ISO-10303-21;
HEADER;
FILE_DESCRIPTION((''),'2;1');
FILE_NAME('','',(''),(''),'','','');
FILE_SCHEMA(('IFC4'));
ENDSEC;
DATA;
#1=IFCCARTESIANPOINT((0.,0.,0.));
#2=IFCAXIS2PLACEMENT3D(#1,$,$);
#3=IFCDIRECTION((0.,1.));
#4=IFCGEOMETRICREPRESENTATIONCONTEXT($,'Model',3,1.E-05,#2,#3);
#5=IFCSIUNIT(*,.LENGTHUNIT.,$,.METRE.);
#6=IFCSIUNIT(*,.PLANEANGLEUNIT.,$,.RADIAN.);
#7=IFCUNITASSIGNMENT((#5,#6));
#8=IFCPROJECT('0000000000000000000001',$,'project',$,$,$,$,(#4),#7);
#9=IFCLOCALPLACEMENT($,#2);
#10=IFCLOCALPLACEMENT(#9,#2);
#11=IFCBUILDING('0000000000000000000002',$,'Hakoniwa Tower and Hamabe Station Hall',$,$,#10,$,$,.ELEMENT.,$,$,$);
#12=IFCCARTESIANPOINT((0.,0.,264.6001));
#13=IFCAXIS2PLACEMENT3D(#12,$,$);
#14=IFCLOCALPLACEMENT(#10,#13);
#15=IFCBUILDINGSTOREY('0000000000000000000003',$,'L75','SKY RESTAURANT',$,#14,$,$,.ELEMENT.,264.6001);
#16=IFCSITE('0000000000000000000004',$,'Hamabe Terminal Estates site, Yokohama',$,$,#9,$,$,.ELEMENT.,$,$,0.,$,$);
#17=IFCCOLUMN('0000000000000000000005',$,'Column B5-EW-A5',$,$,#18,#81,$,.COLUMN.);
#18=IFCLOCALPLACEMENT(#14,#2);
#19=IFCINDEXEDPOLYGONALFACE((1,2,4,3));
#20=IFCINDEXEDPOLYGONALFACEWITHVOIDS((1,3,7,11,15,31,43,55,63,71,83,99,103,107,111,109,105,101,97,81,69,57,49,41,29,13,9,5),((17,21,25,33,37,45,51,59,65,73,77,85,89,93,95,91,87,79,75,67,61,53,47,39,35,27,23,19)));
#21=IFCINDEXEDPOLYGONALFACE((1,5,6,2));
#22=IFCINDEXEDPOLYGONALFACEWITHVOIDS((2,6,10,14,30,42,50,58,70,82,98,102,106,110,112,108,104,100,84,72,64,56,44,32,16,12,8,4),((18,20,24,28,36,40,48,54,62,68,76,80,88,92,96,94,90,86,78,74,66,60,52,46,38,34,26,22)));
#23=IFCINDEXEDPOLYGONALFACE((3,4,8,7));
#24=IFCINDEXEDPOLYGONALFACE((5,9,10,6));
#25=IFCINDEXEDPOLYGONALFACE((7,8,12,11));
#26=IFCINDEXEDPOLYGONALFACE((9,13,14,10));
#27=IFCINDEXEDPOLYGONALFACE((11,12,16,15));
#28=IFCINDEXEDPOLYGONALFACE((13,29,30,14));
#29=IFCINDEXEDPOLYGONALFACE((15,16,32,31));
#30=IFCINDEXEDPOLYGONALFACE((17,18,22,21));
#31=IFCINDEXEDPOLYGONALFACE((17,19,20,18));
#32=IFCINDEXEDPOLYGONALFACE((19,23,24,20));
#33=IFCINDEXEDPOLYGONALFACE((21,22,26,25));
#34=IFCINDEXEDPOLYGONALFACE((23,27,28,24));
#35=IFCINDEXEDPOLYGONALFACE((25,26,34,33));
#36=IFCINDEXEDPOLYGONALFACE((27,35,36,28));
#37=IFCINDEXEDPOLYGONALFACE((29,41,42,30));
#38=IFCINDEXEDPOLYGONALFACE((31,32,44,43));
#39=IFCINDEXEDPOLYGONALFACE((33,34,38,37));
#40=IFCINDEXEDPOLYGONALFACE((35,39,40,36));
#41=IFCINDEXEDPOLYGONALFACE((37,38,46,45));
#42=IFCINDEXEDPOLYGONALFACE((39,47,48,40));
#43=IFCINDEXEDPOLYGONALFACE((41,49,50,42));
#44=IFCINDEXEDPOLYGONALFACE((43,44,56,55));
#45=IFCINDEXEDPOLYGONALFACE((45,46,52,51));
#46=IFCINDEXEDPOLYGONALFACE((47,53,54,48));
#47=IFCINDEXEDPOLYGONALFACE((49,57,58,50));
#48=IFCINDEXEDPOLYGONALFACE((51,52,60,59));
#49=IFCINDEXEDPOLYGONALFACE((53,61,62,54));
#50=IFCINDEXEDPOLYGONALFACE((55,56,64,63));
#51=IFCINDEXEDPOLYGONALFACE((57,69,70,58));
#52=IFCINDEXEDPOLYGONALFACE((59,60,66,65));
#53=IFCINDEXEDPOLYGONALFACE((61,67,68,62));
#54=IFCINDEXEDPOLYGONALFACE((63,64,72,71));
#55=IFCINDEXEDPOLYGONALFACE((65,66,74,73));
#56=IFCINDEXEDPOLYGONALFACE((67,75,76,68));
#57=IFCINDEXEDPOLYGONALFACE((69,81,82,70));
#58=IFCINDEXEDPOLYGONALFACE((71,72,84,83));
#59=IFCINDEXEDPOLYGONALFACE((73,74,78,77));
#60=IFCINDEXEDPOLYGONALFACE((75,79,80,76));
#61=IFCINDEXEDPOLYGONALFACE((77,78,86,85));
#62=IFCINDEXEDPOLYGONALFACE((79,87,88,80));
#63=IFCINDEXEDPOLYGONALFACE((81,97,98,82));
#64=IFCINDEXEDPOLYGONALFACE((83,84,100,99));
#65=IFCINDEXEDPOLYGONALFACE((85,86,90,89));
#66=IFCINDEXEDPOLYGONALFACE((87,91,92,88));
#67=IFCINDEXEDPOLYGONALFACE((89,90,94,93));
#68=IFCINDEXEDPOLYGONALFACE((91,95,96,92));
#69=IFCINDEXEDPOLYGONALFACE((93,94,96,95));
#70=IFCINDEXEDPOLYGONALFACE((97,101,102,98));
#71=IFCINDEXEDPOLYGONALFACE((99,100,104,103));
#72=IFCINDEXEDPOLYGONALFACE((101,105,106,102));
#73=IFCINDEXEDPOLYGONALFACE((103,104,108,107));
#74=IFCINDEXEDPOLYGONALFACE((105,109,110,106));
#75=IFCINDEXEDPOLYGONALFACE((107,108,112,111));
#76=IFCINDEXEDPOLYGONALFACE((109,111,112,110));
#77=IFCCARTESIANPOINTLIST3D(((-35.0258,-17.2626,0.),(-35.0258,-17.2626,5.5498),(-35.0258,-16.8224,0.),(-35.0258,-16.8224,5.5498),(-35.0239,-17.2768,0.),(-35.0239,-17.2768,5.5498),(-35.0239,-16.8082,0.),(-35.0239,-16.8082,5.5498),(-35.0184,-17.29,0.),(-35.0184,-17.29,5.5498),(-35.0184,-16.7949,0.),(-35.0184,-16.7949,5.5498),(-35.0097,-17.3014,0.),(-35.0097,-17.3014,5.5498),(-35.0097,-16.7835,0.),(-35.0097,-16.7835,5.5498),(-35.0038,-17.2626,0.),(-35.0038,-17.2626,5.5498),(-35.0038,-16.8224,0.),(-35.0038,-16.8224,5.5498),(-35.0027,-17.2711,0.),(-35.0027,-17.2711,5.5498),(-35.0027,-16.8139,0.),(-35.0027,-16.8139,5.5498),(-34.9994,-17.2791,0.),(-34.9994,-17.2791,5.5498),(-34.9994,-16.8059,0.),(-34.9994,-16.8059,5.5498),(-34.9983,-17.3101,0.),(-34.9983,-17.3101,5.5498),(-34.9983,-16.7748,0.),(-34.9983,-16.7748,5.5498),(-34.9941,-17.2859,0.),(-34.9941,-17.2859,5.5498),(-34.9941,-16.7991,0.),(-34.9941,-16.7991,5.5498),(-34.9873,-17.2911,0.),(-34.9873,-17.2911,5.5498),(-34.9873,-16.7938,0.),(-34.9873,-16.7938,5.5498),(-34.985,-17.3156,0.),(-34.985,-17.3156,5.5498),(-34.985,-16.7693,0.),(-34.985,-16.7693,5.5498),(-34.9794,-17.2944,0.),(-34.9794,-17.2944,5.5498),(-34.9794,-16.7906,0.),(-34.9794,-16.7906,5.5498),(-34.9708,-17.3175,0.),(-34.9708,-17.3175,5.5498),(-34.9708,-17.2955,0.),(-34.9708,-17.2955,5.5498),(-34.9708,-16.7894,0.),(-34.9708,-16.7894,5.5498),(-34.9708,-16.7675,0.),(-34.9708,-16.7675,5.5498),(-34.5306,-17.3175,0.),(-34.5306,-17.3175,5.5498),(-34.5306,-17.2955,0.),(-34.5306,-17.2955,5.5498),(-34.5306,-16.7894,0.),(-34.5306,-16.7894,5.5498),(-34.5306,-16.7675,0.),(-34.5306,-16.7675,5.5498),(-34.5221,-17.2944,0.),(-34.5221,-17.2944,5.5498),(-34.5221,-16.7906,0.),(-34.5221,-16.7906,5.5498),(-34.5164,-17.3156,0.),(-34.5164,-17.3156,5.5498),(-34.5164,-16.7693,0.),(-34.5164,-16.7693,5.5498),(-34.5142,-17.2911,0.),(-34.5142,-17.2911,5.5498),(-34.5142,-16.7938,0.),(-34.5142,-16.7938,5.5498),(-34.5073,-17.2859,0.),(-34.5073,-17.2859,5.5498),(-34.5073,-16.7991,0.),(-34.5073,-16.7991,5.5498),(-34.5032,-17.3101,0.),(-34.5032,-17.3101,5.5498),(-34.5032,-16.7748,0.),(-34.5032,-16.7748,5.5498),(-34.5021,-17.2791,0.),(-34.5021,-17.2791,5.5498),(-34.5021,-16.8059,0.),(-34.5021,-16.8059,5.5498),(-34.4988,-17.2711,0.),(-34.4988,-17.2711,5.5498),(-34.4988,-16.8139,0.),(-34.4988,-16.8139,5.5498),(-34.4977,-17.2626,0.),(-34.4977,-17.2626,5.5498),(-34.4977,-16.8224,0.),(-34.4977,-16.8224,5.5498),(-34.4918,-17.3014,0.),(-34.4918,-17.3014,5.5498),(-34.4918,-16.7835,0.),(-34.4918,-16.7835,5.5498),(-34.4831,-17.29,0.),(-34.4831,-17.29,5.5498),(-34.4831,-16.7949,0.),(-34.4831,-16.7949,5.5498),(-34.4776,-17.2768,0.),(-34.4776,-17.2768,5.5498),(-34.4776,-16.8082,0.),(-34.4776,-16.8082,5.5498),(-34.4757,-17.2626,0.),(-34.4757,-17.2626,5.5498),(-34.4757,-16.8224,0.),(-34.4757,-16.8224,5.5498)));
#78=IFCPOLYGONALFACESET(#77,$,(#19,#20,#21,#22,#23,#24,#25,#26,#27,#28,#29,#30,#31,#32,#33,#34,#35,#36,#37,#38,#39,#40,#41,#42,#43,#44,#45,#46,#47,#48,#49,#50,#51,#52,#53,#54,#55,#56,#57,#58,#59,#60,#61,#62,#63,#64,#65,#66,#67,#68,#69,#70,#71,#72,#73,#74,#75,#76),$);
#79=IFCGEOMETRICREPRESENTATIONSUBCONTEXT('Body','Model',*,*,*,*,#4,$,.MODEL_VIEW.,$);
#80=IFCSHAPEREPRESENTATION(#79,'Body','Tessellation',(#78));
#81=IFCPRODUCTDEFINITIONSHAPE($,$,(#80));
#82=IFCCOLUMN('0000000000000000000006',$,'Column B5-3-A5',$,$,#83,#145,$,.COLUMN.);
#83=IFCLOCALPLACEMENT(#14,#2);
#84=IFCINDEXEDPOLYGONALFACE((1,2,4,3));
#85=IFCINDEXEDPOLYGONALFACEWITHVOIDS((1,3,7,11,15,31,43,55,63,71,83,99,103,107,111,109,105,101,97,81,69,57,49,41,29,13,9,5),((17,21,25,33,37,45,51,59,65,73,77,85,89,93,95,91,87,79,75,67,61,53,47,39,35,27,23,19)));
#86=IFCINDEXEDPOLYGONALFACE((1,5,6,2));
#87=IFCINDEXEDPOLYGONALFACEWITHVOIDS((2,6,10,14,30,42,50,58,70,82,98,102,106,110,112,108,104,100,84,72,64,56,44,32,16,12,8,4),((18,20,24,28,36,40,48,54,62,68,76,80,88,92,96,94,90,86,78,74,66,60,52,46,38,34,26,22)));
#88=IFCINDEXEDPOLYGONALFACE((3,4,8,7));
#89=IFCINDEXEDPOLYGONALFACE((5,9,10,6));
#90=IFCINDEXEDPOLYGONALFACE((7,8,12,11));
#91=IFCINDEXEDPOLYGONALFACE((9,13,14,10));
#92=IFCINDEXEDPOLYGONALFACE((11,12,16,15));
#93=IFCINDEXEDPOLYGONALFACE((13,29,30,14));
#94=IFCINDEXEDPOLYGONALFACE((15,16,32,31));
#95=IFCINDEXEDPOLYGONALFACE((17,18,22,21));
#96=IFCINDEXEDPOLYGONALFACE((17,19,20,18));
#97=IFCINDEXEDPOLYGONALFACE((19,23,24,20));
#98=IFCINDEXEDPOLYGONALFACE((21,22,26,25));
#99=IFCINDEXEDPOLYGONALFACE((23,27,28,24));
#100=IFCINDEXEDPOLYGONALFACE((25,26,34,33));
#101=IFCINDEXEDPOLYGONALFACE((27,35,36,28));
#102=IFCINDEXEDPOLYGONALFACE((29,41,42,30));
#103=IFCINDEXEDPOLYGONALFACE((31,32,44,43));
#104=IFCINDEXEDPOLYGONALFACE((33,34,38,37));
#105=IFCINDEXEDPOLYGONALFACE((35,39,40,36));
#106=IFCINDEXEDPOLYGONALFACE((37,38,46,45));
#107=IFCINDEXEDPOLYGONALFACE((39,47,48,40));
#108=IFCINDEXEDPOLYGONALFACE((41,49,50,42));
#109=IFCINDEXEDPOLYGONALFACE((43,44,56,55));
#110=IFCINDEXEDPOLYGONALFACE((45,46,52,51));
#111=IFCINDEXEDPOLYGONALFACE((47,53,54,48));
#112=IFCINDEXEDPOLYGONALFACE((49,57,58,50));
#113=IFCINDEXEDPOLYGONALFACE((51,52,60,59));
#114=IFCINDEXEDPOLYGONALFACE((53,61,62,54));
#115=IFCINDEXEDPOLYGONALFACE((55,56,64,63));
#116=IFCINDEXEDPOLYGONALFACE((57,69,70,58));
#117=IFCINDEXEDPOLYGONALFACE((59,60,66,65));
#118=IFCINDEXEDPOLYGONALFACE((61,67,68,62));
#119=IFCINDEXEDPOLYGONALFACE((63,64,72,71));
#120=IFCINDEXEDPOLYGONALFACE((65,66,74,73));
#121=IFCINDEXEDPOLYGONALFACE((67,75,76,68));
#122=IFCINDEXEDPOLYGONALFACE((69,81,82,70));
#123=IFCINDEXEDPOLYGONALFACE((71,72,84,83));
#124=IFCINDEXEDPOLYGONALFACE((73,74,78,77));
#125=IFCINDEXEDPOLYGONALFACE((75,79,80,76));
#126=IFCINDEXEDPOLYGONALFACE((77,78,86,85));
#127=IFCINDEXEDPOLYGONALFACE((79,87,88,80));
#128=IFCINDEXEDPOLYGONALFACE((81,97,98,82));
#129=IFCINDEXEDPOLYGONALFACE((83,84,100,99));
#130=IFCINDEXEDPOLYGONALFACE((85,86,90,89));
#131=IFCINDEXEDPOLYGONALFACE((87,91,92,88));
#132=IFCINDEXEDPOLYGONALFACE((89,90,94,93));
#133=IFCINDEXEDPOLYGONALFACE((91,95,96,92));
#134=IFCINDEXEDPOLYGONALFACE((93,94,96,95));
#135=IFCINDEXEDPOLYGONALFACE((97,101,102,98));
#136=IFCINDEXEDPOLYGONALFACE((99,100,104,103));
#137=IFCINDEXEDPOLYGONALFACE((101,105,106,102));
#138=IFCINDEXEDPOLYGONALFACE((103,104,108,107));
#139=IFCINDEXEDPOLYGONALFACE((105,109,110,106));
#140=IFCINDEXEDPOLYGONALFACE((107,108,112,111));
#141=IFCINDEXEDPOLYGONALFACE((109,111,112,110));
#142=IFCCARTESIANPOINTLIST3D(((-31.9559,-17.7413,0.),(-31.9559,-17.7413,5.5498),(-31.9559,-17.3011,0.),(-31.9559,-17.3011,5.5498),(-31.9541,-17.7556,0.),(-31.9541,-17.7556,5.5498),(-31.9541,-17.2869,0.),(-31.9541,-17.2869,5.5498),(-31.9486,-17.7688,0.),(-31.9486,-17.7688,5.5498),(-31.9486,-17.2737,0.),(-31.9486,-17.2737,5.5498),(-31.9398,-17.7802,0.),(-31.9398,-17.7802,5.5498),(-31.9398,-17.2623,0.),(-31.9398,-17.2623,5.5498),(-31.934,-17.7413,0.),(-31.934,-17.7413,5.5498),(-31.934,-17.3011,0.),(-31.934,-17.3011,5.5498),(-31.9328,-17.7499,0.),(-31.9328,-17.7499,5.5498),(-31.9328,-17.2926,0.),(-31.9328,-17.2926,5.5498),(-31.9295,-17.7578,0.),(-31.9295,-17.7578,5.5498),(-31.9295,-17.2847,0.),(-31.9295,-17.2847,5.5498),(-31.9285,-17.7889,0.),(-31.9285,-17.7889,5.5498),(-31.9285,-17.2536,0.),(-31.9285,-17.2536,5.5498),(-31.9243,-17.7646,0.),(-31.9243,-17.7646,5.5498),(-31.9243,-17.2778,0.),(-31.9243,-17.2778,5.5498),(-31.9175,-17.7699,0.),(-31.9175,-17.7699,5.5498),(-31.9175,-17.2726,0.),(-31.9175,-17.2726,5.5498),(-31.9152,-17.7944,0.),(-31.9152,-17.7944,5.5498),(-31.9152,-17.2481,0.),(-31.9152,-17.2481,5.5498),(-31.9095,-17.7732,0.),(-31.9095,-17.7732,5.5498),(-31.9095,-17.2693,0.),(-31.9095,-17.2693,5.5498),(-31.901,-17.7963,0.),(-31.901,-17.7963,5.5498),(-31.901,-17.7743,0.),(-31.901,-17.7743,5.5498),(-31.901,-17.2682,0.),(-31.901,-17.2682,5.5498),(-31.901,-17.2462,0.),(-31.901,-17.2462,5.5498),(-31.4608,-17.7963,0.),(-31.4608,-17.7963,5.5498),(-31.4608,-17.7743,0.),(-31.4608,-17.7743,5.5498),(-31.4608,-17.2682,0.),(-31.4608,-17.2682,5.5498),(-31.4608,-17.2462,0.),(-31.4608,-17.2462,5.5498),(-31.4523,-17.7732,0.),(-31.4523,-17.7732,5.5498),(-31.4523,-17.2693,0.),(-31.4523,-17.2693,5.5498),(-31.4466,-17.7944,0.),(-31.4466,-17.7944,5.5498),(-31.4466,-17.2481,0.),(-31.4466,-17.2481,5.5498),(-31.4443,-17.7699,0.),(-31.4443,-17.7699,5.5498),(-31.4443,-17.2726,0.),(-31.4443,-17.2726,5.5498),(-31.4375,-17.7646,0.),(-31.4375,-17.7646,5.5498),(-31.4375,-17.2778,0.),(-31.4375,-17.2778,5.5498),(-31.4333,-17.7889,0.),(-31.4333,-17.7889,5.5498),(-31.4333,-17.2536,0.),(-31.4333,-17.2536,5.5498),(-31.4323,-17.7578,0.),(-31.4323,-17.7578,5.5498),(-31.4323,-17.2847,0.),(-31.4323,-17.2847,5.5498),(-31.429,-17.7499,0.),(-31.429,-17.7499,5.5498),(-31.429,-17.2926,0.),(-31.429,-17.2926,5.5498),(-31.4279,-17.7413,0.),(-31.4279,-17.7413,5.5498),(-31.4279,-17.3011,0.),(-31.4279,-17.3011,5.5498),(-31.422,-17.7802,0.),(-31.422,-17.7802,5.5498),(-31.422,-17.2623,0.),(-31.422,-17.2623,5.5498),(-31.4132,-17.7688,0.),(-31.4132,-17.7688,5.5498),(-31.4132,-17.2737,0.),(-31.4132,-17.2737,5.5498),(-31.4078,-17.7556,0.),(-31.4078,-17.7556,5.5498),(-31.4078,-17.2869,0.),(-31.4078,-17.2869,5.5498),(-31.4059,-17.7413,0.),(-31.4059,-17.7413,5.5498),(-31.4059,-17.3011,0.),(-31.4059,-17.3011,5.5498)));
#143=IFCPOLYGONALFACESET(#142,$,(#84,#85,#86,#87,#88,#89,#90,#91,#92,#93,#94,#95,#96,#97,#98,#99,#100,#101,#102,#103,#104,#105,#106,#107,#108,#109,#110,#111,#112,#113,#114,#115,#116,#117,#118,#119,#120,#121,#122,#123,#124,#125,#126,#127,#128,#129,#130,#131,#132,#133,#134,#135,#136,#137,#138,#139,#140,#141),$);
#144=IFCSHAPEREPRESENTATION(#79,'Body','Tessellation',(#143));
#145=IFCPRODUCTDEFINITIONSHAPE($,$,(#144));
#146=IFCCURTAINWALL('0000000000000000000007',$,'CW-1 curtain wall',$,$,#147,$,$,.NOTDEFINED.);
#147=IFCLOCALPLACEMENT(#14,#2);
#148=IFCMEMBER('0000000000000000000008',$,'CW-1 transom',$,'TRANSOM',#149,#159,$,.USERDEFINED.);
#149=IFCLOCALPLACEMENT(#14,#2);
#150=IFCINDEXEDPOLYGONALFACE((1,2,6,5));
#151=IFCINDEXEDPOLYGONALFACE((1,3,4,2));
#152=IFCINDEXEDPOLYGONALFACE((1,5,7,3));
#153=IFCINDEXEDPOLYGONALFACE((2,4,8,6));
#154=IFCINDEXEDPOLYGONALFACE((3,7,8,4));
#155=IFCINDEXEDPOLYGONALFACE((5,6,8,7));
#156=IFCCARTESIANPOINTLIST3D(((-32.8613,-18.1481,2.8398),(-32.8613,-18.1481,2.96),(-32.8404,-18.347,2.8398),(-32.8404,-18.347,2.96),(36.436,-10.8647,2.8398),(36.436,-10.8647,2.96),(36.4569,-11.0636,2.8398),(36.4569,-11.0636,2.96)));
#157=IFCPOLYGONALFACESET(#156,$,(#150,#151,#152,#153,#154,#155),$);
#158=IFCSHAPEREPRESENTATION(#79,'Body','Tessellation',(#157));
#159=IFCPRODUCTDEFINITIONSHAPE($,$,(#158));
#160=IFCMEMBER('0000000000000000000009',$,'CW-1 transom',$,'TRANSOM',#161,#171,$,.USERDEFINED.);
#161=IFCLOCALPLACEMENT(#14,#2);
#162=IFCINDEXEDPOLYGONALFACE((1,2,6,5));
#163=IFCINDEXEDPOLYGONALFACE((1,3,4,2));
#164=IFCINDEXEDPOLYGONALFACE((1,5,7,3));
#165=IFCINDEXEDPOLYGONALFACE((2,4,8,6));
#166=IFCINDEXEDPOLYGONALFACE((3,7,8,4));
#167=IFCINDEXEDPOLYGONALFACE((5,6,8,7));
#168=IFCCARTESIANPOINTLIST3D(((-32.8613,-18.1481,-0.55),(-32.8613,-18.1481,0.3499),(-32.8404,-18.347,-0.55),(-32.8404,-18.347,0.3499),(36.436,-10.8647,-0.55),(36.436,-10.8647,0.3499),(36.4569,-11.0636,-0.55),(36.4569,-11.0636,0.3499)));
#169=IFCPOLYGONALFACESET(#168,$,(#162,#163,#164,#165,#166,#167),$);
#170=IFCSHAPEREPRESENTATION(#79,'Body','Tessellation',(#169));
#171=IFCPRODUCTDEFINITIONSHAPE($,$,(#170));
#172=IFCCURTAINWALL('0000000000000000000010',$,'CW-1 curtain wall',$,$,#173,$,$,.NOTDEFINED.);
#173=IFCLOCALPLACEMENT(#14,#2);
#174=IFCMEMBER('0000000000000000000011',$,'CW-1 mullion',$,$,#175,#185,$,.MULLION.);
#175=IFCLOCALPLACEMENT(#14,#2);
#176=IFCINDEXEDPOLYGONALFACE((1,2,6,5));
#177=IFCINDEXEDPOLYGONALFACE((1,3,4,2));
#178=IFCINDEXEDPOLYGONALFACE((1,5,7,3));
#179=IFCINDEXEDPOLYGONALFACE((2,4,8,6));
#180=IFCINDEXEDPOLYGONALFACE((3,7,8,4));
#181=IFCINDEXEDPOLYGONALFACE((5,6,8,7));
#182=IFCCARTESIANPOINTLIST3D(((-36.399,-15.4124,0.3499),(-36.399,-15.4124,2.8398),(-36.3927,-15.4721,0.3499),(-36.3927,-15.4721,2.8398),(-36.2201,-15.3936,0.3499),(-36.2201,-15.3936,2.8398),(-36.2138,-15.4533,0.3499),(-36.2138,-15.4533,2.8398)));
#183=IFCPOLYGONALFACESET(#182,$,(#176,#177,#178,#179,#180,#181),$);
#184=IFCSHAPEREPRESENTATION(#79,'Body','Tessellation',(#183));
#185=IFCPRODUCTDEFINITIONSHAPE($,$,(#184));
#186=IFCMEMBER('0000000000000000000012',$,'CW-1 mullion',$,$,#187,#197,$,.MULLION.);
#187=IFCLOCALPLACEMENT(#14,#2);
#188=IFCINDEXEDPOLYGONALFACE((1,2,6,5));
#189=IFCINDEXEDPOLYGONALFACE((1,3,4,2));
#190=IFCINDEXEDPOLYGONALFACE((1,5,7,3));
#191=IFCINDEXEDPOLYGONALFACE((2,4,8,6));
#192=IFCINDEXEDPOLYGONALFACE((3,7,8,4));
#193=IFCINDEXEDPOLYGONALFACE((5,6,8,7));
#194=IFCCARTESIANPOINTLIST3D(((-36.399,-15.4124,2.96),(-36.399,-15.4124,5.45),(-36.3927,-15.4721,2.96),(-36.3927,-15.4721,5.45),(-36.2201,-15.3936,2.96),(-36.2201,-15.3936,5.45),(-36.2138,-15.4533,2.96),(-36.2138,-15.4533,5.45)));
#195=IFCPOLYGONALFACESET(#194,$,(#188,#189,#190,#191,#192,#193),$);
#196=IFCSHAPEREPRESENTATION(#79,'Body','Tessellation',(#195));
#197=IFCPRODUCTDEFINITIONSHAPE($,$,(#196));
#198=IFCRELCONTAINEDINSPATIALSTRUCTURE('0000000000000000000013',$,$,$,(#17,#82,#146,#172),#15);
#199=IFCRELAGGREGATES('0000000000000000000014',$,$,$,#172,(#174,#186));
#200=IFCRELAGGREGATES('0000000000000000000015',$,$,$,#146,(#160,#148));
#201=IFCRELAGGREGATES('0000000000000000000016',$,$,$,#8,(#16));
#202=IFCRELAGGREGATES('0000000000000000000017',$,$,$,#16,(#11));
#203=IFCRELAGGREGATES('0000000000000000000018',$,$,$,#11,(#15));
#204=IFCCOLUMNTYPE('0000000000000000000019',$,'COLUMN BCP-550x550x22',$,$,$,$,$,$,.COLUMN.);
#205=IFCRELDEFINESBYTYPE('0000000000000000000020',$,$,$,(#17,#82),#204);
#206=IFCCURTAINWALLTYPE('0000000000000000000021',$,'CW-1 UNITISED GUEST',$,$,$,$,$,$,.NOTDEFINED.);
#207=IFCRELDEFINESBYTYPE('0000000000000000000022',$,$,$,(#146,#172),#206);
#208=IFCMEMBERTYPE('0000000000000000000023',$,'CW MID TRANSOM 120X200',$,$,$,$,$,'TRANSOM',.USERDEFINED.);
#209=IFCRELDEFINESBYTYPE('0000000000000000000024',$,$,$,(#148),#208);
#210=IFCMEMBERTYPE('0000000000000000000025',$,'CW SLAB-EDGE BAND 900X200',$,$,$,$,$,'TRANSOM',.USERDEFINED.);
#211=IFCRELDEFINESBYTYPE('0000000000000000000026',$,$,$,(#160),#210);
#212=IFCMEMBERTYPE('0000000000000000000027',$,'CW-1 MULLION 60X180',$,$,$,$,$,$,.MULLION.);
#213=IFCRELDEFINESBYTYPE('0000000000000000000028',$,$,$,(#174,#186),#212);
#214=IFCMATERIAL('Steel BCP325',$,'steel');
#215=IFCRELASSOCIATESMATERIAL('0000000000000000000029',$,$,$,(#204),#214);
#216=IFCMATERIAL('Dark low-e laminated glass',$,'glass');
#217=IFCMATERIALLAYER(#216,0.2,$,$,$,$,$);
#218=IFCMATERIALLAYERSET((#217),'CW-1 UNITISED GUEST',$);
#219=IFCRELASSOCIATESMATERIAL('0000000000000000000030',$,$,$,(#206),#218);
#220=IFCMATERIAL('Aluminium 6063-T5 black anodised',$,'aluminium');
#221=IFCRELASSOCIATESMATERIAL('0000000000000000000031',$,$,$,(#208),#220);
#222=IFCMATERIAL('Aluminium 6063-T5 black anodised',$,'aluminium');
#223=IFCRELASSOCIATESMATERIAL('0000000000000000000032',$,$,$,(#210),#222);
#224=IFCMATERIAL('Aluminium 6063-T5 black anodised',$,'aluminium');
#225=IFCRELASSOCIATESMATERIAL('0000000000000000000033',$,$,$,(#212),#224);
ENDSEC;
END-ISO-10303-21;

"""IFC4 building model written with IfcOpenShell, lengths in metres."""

from ifc_helpers import new_model, si_unit, direction, frame, origin, origin_2d, place, context, subcontext, project, spatial, rectangle, hollow_rectangle, extrude, material, layer, layer_set, material_profile, profile_set, type_object, element, aggregate, save


model = new_model("IFC4")

# Units and contexts
model_context = context("Model", 3, precision=1e-05, world=origin(), true_north=direction((0.0, 1.0)))
body_context = subcontext(model_context, "Body", "Model", "MODEL_VIEW")
ifc_project = project(units=[si_unit("LENGTHUNIT", "METRE"), si_unit("PLANEANGLEUNIT", "RADIAN")], contexts=[model_context])

# Site, building, storey
site_placement = place(None, origin())
site = spatial("IfcSite", under=ifc_project, at=site_placement, Name="Hamabe Terminal Estates site, Yokohama", CompositionType="ELEMENT", RefElevation=0.0)
building_placement = place(site_placement, origin())
building = spatial("IfcBuilding", under=site, at=building_placement, Name="Hakoniwa Tower and Hamabe Station Hall", CompositionType="ELEMENT")
storey_placement = place(building_placement, frame((0.0, 0.0, 264.6001)))
storey = spatial("IfcBuildingStorey", under=building, at=storey_placement, Name="L75", Description="SKY RESTAURANT", CompositionType="ELEMENT", Elevation=264.6001)

# Columns
ifc_material_1 = material(Name="Steel BCP325", Category="steel")
ifc_material_profile_1 = material_profile(ifc_material_1, hollow_rectangle(XDim=0.55, YDim=0.55, WallThickness=0.022, InnerFilletRadius=0.033, OuterFilletRadius=0.0549, at=origin_2d()), Name="BCP-550x550x22")
ifc_profile_set_1 = profile_set([ifc_material_profile_1], Name="Steel BCP325")
column_type = type_object("IfcColumnType", Name="COLUMN BCP-550x550x22", PredefinedType="COLUMN", material=ifc_profile_set_1)
for number, where, z_axis, x_axis, name in (
    (1, (-34.7507, -17.0425, 0.0), (0.0, 0.0, 1.0), (1.0, 0.0, 0.0), "Column B5-EW-A5"),
    (2, (-31.6809, -17.5212, 0.0), (0.0, 0.0, 1.0), (1.0, 0.0, 0.0), "Column B5-3-A5"),
):
    element("IfcColumn", number, at=place(storey_placement, frame(where, z_axis=z_axis, x_axis=x_axis)), inside=storey, type_object=column_type, Name=name, PredefinedType="COLUMN", context=body_context, shape_type="SweptSolid", body=[
        extrude(hollow_rectangle(XDim=0.55, YDim=0.55, WallThickness=0.022, InnerFilletRadius=0.033, OuterFilletRadius=0.0549, at=origin_2d()), origin(), (0.0, 0.0, 1.0), 5.5498),
    ])

# Curtain walls, members
ifc_material_2 = material(Name="Dark low-e laminated glass", Category="glass")
ifc_layer_1 = layer(ifc_material_2, 0.2)
ifc_layer_set_1 = layer_set([ifc_layer_1], Name="CW-1 UNITISED GUEST")
curtain_wall_type = type_object("IfcCurtainWallType", Name="CW-1 UNITISED GUEST", PredefinedType="NOTDEFINED", material=ifc_layer_set_1)
curtain_wall_1_placement = place(storey_placement, origin())
curtain_wall_1 = element("IfcCurtainWall", 3, at=curtain_wall_1_placement, inside=storey, type_object=curtain_wall_type, Name="CW-1 curtain wall", PredefinedType="NOTDEFINED")
ifc_material_3 = material(Name="Aluminium 6063-T5 black anodised", Category="aluminium")
ifc_material_profile_2 = material_profile(ifc_material_3, rectangle(XDim=0.2, YDim=0.1201, at=origin_2d()), Name="CW MID TRANSOM 120X200")
ifc_profile_set_2 = profile_set([ifc_material_profile_2], Name="Aluminium 6063-T5 black anodised")
member_type_1 = type_object("IfcMemberType", Name="CW MID TRANSOM 120X200", ElementType="TRANSOM", PredefinedType="USERDEFINED", material=ifc_profile_set_2)
member_1_placement = place(storey_placement, frame((-32.8508, -18.2476, 2.8999), z_axis=(0.994522, 0.104528, 0.0), x_axis=(-0.104528, 0.994522, 0.0)))
member_1 = element("IfcMember", 4, at=member_1_placement, type_object=member_type_1, Name="CW-1 transom", ObjectType="TRANSOM", PredefinedType="USERDEFINED", context=body_context, shape_type="SweptSolid", body=[
    extrude(rectangle(XDim=0.2, YDim=0.1201, at=origin_2d()), origin(), (0.0, 0.0, 1.0), 69.679),
])
ifc_material_4 = material(Name="Aluminium 6063-T5 black anodised", Category="aluminium")
ifc_material_profile_3 = material_profile(ifc_material_4, rectangle(XDim=0.2, YDim=0.8999, at=origin_2d()), Name="CW SLAB-EDGE BAND 900X200")
ifc_profile_set_3 = profile_set([ifc_material_profile_3], Name="Aluminium 6063-T5 black anodised")
member_type_2 = type_object("IfcMemberType", Name="CW SLAB-EDGE BAND 900X200", ElementType="TRANSOM", PredefinedType="USERDEFINED", material=ifc_profile_set_3)
member_2_placement = place(storey_placement, frame((-32.8508, -18.2476, -0.1001), z_axis=(0.994522, 0.104528, 0.0), x_axis=(-0.104528, 0.994522, 0.0)))
member_2 = element("IfcMember", 5, at=member_2_placement, type_object=member_type_2, Name="CW-1 transom", ObjectType="TRANSOM", PredefinedType="USERDEFINED", context=body_context, shape_type="SweptSolid", body=[
    extrude(rectangle(XDim=0.2, YDim=0.8999, at=origin_2d()), origin(), (0.0, 0.0, 1.0), 69.679),
])
curtain_wall_2_placement = place(storey_placement, origin())
curtain_wall_2 = element("IfcCurtainWall", 6, at=curtain_wall_2_placement, inside=storey, type_object=curtain_wall_type, Name="CW-1 curtain wall", PredefinedType="NOTDEFINED")
ifc_material_5 = material(Name="Aluminium 6063-T5 black anodised", Category="aluminium")
ifc_material_profile_4 = material_profile(ifc_material_5, rectangle(XDim=0.0601, YDim=0.1799, at=origin_2d()), Name="CW-1 MULLION 60X180")
ifc_profile_set_4 = profile_set([ifc_material_profile_4], Name="Aluminium 6063-T5 black anodised")
member_type_3 = type_object("IfcMemberType", Name="CW-1 MULLION 60X180", PredefinedType="MULLION", material=ifc_profile_set_4)
member_3_placement = place(storey_placement, frame((-36.3064, -15.4329, 0.3499), z_axis=(0.0, 0.0, 1.0), x_axis=(0.104528, -0.994522, 0.0)))
member_3 = element("IfcMember", 7, at=member_3_placement, type_object=member_type_3, Name="CW-1 mullion", PredefinedType="MULLION", context=body_context, shape_type="SweptSolid", body=[
    extrude(rectangle(XDim=0.0601, YDim=0.1799, at=origin_2d()), origin(), (0.0, 0.0, 1.0), 2.49),
])
member_4_placement = place(storey_placement, frame((-36.3064, -15.4329, 2.96), z_axis=(0.0, 0.0, 1.0), x_axis=(0.104528, -0.994522, 0.0)))
member_4 = element("IfcMember", 8, at=member_4_placement, type_object=member_type_3, Name="CW-1 mullion", PredefinedType="MULLION", context=body_context, shape_type="SweptSolid", body=[
    extrude(rectangle(XDim=0.0601, YDim=0.1799, at=origin_2d()), origin(), (0.0, 0.0, 1.0), 2.49),
])

aggregate(curtain_wall_2, [member_3, member_4])
aggregate(curtain_wall_1, [member_2, member_1])

save(model, "model.ifc")
